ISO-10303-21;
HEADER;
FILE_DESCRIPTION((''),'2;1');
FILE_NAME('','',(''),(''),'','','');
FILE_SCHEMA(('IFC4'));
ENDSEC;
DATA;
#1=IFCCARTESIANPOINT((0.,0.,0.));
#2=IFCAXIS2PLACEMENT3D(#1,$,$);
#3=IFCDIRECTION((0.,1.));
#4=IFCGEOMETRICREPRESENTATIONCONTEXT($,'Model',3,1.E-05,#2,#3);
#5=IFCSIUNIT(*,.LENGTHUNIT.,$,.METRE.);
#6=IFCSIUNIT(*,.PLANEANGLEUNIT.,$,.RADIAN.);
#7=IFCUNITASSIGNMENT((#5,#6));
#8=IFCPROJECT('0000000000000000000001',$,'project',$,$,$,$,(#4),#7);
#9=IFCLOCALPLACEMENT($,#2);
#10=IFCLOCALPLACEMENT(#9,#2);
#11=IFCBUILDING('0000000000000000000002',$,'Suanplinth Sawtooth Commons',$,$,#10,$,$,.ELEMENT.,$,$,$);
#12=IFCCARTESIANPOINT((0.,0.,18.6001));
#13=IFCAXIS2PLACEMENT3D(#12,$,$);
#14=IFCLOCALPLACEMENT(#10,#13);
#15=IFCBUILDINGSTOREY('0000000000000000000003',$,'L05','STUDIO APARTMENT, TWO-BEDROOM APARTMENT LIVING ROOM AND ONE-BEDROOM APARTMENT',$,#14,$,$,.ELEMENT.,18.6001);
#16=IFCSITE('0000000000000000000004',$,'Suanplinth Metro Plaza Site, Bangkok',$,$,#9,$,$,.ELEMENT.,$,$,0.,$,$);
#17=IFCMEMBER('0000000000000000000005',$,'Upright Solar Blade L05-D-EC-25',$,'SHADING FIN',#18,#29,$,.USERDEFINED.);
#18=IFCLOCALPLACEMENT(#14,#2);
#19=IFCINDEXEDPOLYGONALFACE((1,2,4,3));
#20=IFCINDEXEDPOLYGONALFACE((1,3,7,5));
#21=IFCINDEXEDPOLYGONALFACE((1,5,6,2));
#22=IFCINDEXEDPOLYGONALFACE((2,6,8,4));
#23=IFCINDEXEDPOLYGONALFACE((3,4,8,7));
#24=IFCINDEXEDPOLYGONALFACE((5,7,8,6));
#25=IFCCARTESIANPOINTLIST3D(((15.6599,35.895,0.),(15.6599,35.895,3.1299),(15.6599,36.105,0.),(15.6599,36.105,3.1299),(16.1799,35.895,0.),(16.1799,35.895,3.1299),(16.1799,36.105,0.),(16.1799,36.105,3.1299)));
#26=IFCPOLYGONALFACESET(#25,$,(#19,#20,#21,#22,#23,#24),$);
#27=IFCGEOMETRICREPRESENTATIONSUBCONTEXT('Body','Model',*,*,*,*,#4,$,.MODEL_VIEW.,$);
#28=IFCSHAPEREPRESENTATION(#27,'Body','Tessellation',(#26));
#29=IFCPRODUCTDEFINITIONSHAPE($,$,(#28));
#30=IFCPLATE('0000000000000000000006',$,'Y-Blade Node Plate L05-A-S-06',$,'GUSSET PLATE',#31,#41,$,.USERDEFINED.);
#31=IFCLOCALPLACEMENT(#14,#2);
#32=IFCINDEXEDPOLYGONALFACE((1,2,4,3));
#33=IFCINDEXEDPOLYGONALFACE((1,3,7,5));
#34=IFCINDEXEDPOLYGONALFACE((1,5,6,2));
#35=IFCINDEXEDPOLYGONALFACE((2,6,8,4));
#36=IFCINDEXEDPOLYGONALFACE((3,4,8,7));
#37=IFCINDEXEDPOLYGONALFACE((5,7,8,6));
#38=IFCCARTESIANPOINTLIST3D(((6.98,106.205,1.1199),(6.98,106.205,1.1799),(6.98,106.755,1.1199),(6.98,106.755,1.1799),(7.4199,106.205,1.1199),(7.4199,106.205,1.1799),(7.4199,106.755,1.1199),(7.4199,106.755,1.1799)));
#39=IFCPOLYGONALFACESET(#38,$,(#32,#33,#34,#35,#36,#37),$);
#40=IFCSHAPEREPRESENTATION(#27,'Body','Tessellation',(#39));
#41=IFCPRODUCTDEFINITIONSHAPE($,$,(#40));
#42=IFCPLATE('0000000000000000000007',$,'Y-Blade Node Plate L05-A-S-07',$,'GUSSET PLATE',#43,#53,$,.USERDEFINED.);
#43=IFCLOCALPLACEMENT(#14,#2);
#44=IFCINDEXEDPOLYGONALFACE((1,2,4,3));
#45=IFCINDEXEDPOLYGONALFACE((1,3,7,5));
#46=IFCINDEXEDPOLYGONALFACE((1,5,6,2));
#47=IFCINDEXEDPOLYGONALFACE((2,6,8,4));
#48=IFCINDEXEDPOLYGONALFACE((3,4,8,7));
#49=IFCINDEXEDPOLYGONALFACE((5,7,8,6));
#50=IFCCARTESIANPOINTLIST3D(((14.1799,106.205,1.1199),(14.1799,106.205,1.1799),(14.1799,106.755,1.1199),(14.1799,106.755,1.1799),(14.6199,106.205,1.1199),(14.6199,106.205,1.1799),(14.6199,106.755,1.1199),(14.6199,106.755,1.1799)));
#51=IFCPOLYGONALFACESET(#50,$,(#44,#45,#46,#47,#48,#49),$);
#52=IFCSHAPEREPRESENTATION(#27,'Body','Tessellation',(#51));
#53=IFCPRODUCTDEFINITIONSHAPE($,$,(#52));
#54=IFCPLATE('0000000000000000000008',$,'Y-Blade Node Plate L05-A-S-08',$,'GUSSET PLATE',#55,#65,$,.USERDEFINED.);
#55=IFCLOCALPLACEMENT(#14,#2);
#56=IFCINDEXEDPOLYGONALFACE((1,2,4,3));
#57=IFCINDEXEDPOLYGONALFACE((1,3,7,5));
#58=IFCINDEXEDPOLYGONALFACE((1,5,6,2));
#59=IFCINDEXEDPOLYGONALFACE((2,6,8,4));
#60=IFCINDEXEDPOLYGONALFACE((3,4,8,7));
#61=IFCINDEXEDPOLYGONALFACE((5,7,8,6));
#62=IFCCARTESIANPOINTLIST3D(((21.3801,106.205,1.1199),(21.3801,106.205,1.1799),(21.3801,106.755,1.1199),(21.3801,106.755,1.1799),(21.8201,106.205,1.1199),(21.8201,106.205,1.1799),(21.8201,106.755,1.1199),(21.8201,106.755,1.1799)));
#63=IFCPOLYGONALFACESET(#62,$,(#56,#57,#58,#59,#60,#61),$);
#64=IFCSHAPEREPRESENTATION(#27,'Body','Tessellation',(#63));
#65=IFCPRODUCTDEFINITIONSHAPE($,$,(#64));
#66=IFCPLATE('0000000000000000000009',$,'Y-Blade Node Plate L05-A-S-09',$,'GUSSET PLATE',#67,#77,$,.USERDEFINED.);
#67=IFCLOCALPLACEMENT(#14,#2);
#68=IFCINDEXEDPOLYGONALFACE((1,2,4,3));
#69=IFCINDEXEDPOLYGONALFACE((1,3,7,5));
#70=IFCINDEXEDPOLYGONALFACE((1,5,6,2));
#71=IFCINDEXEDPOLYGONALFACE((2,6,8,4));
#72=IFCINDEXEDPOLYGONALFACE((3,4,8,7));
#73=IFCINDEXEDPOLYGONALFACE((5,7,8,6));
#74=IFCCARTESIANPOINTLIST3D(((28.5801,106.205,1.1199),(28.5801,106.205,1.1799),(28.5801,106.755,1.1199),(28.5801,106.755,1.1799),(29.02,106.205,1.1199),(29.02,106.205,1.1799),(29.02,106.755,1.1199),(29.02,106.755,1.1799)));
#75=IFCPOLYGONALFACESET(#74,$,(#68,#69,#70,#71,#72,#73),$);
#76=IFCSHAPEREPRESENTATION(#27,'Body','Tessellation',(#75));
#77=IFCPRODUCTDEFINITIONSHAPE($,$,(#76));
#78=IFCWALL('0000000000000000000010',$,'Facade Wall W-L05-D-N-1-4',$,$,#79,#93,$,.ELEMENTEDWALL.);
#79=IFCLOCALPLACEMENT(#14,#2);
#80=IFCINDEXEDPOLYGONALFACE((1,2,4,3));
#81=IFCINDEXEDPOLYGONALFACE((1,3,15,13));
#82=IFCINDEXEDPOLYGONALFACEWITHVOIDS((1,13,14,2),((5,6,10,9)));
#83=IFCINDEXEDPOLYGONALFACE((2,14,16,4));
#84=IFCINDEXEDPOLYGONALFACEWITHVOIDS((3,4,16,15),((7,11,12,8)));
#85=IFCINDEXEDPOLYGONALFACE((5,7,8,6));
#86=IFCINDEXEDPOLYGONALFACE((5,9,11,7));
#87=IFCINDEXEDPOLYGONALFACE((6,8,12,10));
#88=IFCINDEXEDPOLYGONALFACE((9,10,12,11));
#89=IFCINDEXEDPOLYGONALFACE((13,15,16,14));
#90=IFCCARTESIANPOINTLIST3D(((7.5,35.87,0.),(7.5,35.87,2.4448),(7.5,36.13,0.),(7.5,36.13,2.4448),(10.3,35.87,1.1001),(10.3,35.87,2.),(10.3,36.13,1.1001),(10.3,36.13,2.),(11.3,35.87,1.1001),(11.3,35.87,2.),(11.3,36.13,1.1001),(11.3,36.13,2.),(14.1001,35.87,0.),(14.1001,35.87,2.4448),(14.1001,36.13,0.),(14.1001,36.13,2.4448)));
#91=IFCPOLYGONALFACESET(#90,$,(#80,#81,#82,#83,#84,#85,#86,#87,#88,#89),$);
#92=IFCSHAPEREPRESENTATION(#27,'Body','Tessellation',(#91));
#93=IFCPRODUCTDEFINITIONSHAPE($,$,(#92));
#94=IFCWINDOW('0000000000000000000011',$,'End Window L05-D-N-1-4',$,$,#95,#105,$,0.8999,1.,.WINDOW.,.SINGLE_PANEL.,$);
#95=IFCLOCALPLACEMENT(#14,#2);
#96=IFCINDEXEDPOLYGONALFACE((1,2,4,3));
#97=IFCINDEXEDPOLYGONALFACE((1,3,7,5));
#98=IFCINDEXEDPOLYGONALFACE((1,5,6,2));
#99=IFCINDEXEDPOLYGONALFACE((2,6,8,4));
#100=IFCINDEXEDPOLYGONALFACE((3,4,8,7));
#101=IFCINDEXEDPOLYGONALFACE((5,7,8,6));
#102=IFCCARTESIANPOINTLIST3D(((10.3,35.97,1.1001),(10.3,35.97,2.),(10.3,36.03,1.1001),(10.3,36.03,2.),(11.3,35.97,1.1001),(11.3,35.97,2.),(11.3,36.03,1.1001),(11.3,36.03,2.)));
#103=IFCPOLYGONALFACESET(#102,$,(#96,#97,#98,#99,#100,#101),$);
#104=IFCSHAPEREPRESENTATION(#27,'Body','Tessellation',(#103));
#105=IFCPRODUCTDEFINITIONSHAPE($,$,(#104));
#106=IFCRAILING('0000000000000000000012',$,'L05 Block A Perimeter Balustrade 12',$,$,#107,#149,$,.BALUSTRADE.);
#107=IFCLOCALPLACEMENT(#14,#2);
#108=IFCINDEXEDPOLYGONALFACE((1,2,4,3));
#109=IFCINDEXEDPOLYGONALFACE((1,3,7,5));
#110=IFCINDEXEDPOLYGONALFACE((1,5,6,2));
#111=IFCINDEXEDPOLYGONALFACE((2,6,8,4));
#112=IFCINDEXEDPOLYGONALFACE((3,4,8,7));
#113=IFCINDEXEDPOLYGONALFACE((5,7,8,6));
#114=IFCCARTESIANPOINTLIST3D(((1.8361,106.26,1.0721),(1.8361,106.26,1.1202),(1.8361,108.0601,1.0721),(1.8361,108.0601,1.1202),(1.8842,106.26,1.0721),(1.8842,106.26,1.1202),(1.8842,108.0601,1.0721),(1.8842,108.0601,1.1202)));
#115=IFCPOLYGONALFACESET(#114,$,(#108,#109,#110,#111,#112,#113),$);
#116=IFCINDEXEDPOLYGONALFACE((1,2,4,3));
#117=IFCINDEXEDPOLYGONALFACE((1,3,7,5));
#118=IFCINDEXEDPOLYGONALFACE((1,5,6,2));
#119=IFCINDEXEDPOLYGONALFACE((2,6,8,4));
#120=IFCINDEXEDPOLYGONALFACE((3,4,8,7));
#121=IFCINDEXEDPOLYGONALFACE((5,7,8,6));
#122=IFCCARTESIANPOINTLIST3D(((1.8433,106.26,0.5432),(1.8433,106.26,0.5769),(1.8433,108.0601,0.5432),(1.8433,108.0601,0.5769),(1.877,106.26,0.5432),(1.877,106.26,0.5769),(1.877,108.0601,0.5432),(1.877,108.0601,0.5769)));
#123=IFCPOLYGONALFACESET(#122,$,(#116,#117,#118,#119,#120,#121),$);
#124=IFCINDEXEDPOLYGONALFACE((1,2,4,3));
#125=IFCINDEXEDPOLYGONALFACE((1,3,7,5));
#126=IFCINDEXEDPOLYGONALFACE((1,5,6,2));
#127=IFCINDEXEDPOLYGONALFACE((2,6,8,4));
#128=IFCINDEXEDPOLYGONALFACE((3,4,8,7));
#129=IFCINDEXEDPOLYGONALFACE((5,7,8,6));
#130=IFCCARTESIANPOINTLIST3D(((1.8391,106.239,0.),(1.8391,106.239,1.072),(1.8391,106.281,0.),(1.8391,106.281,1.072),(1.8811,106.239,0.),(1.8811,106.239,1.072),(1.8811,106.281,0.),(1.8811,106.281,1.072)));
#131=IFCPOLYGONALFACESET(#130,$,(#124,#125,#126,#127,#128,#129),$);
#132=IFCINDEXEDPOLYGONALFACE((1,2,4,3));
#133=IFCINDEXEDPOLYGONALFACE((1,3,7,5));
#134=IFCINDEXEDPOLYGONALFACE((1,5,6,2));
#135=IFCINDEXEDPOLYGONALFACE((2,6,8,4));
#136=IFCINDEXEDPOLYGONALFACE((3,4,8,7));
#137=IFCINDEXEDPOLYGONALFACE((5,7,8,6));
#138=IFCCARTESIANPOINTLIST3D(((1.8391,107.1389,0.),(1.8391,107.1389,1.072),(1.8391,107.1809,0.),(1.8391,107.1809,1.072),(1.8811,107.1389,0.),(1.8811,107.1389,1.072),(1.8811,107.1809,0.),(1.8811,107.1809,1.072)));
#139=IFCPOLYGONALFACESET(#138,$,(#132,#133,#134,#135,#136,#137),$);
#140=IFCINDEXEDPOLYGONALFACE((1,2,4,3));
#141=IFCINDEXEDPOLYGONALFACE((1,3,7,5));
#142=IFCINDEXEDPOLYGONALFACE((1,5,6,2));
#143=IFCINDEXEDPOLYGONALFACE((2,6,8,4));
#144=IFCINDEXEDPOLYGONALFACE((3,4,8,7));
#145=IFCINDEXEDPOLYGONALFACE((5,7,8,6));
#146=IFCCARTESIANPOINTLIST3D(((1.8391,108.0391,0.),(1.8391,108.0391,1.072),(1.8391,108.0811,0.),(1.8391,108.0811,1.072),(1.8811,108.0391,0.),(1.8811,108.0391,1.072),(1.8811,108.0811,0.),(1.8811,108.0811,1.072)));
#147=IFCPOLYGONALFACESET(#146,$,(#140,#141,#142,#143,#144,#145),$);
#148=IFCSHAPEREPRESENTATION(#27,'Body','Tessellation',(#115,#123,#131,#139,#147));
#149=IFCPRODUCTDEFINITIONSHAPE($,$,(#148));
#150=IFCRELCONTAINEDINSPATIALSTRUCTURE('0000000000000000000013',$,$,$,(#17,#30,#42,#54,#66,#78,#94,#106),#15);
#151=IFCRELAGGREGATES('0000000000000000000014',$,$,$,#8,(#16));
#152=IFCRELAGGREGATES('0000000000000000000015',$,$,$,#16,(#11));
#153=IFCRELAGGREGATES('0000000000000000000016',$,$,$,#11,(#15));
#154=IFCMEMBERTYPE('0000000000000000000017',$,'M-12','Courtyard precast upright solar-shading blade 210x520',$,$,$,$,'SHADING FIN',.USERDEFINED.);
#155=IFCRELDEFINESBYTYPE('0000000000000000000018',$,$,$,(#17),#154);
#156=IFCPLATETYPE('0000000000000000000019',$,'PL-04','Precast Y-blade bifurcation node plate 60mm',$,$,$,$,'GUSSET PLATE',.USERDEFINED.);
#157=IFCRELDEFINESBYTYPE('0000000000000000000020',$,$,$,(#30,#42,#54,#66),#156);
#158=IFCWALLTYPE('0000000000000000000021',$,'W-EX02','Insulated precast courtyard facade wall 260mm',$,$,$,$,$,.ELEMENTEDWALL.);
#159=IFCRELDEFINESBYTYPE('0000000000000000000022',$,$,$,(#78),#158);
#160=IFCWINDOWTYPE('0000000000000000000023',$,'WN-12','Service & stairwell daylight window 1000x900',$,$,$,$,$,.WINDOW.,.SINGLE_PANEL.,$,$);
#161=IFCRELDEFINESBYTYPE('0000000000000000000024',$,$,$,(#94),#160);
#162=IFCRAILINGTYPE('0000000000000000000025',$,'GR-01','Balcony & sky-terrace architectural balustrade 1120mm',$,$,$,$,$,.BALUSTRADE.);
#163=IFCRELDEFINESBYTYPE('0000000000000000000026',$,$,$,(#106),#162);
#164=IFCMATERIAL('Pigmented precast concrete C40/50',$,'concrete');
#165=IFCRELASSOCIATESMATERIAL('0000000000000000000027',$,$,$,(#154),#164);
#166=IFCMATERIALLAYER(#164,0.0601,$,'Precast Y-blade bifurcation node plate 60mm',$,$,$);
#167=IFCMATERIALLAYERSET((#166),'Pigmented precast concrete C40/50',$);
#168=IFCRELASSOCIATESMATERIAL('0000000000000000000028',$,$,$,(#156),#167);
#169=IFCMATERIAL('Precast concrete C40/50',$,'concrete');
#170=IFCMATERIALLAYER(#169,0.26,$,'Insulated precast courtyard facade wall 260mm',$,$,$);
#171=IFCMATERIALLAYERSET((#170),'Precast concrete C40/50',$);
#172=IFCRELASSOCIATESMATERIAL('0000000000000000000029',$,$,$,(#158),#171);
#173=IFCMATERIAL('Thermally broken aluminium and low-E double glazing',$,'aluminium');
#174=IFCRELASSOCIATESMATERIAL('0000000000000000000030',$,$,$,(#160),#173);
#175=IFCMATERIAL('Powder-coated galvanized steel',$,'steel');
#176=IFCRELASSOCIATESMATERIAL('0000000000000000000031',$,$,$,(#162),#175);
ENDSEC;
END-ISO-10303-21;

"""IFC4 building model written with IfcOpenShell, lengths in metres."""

from ifc_helpers import new_model, si_unit, direction, frame, frame_2d, origin, origin_2d, place, context, subcontext, project, spatial, rectangle, extrude, material, layer, layer_set, material_profile, profile_set, type_object, element, fill, save


model = new_model("IFC4")

# Units and contexts
model_context = context("Model", 3, precision=1e-05, world=origin(), true_north=direction((0.0, 1.0)))
body_context = subcontext(model_context, "Body", "Model", "MODEL_VIEW")
ifc_project = project(units=[si_unit("LENGTHUNIT", "METRE"), si_unit("PLANEANGLEUNIT", "RADIAN")], contexts=[model_context])

# Site, building, storey
site_placement = place(None, origin())
site = spatial("IfcSite", under=ifc_project, at=site_placement, Name="Suanplinth Metro Plaza Site, Bangkok", CompositionType="ELEMENT", RefElevation=0.0)
building_placement = place(site_placement, origin())
building = spatial("IfcBuilding", under=site, at=building_placement, Name="Suanplinth Sawtooth Commons", CompositionType="ELEMENT")
storey_placement = place(building_placement, frame((0.0, 0.0, 18.6001)))
storey = spatial("IfcBuildingStorey", under=building, at=storey_placement, Name="L05", Description="STUDIO APARTMENT, TWO-BEDROOM APARTMENT LIVING ROOM AND ONE-BEDROOM APARTMENT", CompositionType="ELEMENT", Elevation=18.6001)

# Shared definitions
ifc_material_1 = material(Name="Precast concrete C40/50", Category="concrete")

# Member
ifc_material_2 = material(Name="Pigmented precast concrete C40/50", Category="concrete")
ifc_material_profile_1 = material_profile(ifc_material_2, rectangle(XDim=0.21, YDim=0.52, at=origin_2d()), Name="PC-FIN 210x520")
ifc_profile_set_1 = profile_set([ifc_material_profile_1], Name="Pigmented precast concrete C40/50")
member_type_1 = type_object("IfcMemberType", Name="M-12", Description="Courtyard precast upright solar-shading blade 210x520", ElementType="SHADING FIN", PredefinedType="USERDEFINED", material=ifc_profile_set_1)
member_placement = place(storey_placement, frame((15.9199, 36.0, 0.0), z_axis=(0.0, 0.0, 1.0), x_axis=(0.0, 1.0, 0.0)))
element("IfcMember", 1, at=member_placement, inside=storey, type_object=member_type_1, Name="Upright Solar Blade L05-D-EC-25", ObjectType="SHADING FIN", PredefinedType="USERDEFINED", context=body_context, shape_type="SweptSolid", body=[
    extrude(rectangle(XDim=0.21, YDim=0.52, at=origin_2d()), origin(), (0.0, 0.0, 1.0), 3.1299),
])

# Plates
ifc_layer_1 = layer(ifc_material_2, 0.0601, Name="Precast Y-blade bifurcation node plate 60mm")
ifc_layer_set_1 = layer_set([ifc_layer_1], Name="Pigmented precast concrete C40/50")
plate_type = type_object("IfcPlateType", Name="PL-04", Description="Precast Y-blade bifurcation node plate 60mm", ElementType="GUSSET PLATE", PredefinedType="USERDEFINED", material=ifc_layer_set_1)
for number, where, z_axis, x_axis, name in (
    (2, (7.2, 106.48, 1.1199), (0.0, 0.0, 1.0), (1.0, 0.0, 0.0), "Y-Blade Node Plate L05-A-S-06"),
    (3, (14.3999, 106.48, 1.1199), (0.0, 0.0, 1.0), (1.0, 0.0, 0.0), "Y-Blade Node Plate L05-A-S-07"),
    (4, (21.6001, 106.48, 1.1199), (0.0, 0.0, 1.0), (1.0, 0.0, 0.0), "Y-Blade Node Plate L05-A-S-08"),
    (5, (28.8, 106.48, 1.1199), (0.0, 0.0, 1.0), (1.0, 0.0, 0.0), "Y-Blade Node Plate L05-A-S-09"),
):
    element("IfcPlate", number, at=place(storey_placement, frame(where, z_axis=z_axis, x_axis=x_axis)), inside=storey, type_object=plate_type, Name=name, ObjectType="GUSSET PLATE", PredefinedType="USERDEFINED", context=body_context, shape_type="SweptSolid", body=[
        extrude(rectangle(XDim=0.4399, YDim=0.55, at=origin_2d()), origin(), (0.0, 0.0, 1.0), 0.0601),
    ])

# Wall, opening, window
ifc_layer_2 = layer(ifc_material_1, 0.26, Name="Insulated precast courtyard facade wall 260mm")
ifc_layer_set_2 = layer_set([ifc_layer_2], Name="Precast concrete C40/50")
wall_type = type_object("IfcWallType", Name="W-EX02", Description="Insulated precast courtyard facade wall 260mm", PredefinedType="ELEMENTEDWALL", material=ifc_layer_set_2)
wall_placement = place(storey_placement, frame((7.5, 36.0, 0.0), z_axis=(0.0, 0.0, 1.0), x_axis=(1.0, 0.0, 0.0)))
wall = element("IfcWall", 6, at=wall_placement, inside=storey, type_object=wall_type, Name="Facade Wall W-L05-D-N-1-4", PredefinedType="ELEMENTEDWALL", context=body_context, shape_type="SweptSolid", body=[
    extrude(rectangle(XDim=6.6001, YDim=0.26, at=frame_2d((3.3, 0.0))), origin(), (0.0, 0.0, 1.0), 2.4448),
])
opening_placement = place(wall_placement, frame((2.8, 0.0, 1.1001)))
opening = element("IfcOpeningElement", 7, at=opening_placement, cuts=wall, PredefinedType="OPENING", context=body_context, shape_type="SweptSolid", body=[
    extrude(rectangle(XDim=1.0, YDim=0.8999, at=frame_2d((0.5, 0.45))), frame((0.0, 0.145, 0.0), z_axis=(0.0, -1.0, 0.0), x_axis=(1.0, 0.0, 0.0)), (0.0, 0.0, 1.0), 0.2898),
])
ifc_material_3 = material(Name="Thermally broken aluminium and low-E double glazing", Category="aluminium")
window_type = type_object("IfcWindowType", Name="WN-12", Description="Service & stairwell daylight window 1000x900", PartitioningType="SINGLE_PANEL", PredefinedType="WINDOW", material=ifc_material_3)
window_placement = place(opening_placement, origin())
window = element("IfcWindow", 8, at=window_placement, inside=storey, type_object=window_type, Name="End Window L05-D-N-1-4", OverallHeight=0.8999, OverallWidth=1.0, PartitioningType="SINGLE_PANEL", PredefinedType="WINDOW", context=body_context, shape_type="SweptSolid", body=[
    extrude(rectangle(XDim=1.0, YDim=0.8999, at=frame_2d((0.5, 0.45))), frame((0.0, 0.03, 0.0), z_axis=(0.0, -1.0, 0.0), x_axis=(1.0, 0.0, 0.0)), (0.0, 0.0, 1.0), 0.0601),
])
fill(opening, window)

# Railing
ifc_material_4 = material(Name="Powder-coated galvanized steel", Category="steel")
railing_type = type_object("IfcRailingType", Name="GR-01", Description="Balcony & sky-terrace architectural balustrade 1120mm", PredefinedType="BALUSTRADE", material=ifc_material_4)
railing_1_placement = place(storey_placement, frame((1.8601, 106.26, 0.0)))
element("IfcRailing", 9, at=railing_1_placement, inside=storey, type_object=railing_type, Name="L05 Block A Perimeter Balustrade 12", PredefinedType="BALUSTRADE", context=body_context, shape_type="SweptSolid", body=[
    extrude(rectangle(XDim=0.0481, YDim=0.0481, at=origin_2d()), frame((0.0, 0.0, 1.0962), z_axis=(0.0, 1.0, 0.0), x_axis=(-1.0, 0.0, 0.0)), (0.0, 0.0, 1.0), 1.8),
    extrude(rectangle(XDim=0.0337, YDim=0.0337, at=origin_2d()), frame((0.0, 0.0, 0.5601), z_axis=(0.0, 1.0, 0.0), x_axis=(-1.0, 0.0, 0.0)), (0.0, 0.0, 1.0), 1.8),
    extrude(rectangle(XDim=0.042, YDim=0.042, at=origin_2d()), origin(), (0.0, 0.0, 1.0), 1.072),
    extrude(rectangle(XDim=0.042, YDim=0.042, at=origin_2d()), frame((0.0, 0.8999, 0.0)), (0.0, 0.0, 1.0), 1.072),
    extrude(rectangle(XDim=0.042, YDim=0.042, at=origin_2d()), frame((0.0, 1.8, 0.0)), (0.0, 0.0, 1.0), 1.072),
])

save(model, "model.ifc")
